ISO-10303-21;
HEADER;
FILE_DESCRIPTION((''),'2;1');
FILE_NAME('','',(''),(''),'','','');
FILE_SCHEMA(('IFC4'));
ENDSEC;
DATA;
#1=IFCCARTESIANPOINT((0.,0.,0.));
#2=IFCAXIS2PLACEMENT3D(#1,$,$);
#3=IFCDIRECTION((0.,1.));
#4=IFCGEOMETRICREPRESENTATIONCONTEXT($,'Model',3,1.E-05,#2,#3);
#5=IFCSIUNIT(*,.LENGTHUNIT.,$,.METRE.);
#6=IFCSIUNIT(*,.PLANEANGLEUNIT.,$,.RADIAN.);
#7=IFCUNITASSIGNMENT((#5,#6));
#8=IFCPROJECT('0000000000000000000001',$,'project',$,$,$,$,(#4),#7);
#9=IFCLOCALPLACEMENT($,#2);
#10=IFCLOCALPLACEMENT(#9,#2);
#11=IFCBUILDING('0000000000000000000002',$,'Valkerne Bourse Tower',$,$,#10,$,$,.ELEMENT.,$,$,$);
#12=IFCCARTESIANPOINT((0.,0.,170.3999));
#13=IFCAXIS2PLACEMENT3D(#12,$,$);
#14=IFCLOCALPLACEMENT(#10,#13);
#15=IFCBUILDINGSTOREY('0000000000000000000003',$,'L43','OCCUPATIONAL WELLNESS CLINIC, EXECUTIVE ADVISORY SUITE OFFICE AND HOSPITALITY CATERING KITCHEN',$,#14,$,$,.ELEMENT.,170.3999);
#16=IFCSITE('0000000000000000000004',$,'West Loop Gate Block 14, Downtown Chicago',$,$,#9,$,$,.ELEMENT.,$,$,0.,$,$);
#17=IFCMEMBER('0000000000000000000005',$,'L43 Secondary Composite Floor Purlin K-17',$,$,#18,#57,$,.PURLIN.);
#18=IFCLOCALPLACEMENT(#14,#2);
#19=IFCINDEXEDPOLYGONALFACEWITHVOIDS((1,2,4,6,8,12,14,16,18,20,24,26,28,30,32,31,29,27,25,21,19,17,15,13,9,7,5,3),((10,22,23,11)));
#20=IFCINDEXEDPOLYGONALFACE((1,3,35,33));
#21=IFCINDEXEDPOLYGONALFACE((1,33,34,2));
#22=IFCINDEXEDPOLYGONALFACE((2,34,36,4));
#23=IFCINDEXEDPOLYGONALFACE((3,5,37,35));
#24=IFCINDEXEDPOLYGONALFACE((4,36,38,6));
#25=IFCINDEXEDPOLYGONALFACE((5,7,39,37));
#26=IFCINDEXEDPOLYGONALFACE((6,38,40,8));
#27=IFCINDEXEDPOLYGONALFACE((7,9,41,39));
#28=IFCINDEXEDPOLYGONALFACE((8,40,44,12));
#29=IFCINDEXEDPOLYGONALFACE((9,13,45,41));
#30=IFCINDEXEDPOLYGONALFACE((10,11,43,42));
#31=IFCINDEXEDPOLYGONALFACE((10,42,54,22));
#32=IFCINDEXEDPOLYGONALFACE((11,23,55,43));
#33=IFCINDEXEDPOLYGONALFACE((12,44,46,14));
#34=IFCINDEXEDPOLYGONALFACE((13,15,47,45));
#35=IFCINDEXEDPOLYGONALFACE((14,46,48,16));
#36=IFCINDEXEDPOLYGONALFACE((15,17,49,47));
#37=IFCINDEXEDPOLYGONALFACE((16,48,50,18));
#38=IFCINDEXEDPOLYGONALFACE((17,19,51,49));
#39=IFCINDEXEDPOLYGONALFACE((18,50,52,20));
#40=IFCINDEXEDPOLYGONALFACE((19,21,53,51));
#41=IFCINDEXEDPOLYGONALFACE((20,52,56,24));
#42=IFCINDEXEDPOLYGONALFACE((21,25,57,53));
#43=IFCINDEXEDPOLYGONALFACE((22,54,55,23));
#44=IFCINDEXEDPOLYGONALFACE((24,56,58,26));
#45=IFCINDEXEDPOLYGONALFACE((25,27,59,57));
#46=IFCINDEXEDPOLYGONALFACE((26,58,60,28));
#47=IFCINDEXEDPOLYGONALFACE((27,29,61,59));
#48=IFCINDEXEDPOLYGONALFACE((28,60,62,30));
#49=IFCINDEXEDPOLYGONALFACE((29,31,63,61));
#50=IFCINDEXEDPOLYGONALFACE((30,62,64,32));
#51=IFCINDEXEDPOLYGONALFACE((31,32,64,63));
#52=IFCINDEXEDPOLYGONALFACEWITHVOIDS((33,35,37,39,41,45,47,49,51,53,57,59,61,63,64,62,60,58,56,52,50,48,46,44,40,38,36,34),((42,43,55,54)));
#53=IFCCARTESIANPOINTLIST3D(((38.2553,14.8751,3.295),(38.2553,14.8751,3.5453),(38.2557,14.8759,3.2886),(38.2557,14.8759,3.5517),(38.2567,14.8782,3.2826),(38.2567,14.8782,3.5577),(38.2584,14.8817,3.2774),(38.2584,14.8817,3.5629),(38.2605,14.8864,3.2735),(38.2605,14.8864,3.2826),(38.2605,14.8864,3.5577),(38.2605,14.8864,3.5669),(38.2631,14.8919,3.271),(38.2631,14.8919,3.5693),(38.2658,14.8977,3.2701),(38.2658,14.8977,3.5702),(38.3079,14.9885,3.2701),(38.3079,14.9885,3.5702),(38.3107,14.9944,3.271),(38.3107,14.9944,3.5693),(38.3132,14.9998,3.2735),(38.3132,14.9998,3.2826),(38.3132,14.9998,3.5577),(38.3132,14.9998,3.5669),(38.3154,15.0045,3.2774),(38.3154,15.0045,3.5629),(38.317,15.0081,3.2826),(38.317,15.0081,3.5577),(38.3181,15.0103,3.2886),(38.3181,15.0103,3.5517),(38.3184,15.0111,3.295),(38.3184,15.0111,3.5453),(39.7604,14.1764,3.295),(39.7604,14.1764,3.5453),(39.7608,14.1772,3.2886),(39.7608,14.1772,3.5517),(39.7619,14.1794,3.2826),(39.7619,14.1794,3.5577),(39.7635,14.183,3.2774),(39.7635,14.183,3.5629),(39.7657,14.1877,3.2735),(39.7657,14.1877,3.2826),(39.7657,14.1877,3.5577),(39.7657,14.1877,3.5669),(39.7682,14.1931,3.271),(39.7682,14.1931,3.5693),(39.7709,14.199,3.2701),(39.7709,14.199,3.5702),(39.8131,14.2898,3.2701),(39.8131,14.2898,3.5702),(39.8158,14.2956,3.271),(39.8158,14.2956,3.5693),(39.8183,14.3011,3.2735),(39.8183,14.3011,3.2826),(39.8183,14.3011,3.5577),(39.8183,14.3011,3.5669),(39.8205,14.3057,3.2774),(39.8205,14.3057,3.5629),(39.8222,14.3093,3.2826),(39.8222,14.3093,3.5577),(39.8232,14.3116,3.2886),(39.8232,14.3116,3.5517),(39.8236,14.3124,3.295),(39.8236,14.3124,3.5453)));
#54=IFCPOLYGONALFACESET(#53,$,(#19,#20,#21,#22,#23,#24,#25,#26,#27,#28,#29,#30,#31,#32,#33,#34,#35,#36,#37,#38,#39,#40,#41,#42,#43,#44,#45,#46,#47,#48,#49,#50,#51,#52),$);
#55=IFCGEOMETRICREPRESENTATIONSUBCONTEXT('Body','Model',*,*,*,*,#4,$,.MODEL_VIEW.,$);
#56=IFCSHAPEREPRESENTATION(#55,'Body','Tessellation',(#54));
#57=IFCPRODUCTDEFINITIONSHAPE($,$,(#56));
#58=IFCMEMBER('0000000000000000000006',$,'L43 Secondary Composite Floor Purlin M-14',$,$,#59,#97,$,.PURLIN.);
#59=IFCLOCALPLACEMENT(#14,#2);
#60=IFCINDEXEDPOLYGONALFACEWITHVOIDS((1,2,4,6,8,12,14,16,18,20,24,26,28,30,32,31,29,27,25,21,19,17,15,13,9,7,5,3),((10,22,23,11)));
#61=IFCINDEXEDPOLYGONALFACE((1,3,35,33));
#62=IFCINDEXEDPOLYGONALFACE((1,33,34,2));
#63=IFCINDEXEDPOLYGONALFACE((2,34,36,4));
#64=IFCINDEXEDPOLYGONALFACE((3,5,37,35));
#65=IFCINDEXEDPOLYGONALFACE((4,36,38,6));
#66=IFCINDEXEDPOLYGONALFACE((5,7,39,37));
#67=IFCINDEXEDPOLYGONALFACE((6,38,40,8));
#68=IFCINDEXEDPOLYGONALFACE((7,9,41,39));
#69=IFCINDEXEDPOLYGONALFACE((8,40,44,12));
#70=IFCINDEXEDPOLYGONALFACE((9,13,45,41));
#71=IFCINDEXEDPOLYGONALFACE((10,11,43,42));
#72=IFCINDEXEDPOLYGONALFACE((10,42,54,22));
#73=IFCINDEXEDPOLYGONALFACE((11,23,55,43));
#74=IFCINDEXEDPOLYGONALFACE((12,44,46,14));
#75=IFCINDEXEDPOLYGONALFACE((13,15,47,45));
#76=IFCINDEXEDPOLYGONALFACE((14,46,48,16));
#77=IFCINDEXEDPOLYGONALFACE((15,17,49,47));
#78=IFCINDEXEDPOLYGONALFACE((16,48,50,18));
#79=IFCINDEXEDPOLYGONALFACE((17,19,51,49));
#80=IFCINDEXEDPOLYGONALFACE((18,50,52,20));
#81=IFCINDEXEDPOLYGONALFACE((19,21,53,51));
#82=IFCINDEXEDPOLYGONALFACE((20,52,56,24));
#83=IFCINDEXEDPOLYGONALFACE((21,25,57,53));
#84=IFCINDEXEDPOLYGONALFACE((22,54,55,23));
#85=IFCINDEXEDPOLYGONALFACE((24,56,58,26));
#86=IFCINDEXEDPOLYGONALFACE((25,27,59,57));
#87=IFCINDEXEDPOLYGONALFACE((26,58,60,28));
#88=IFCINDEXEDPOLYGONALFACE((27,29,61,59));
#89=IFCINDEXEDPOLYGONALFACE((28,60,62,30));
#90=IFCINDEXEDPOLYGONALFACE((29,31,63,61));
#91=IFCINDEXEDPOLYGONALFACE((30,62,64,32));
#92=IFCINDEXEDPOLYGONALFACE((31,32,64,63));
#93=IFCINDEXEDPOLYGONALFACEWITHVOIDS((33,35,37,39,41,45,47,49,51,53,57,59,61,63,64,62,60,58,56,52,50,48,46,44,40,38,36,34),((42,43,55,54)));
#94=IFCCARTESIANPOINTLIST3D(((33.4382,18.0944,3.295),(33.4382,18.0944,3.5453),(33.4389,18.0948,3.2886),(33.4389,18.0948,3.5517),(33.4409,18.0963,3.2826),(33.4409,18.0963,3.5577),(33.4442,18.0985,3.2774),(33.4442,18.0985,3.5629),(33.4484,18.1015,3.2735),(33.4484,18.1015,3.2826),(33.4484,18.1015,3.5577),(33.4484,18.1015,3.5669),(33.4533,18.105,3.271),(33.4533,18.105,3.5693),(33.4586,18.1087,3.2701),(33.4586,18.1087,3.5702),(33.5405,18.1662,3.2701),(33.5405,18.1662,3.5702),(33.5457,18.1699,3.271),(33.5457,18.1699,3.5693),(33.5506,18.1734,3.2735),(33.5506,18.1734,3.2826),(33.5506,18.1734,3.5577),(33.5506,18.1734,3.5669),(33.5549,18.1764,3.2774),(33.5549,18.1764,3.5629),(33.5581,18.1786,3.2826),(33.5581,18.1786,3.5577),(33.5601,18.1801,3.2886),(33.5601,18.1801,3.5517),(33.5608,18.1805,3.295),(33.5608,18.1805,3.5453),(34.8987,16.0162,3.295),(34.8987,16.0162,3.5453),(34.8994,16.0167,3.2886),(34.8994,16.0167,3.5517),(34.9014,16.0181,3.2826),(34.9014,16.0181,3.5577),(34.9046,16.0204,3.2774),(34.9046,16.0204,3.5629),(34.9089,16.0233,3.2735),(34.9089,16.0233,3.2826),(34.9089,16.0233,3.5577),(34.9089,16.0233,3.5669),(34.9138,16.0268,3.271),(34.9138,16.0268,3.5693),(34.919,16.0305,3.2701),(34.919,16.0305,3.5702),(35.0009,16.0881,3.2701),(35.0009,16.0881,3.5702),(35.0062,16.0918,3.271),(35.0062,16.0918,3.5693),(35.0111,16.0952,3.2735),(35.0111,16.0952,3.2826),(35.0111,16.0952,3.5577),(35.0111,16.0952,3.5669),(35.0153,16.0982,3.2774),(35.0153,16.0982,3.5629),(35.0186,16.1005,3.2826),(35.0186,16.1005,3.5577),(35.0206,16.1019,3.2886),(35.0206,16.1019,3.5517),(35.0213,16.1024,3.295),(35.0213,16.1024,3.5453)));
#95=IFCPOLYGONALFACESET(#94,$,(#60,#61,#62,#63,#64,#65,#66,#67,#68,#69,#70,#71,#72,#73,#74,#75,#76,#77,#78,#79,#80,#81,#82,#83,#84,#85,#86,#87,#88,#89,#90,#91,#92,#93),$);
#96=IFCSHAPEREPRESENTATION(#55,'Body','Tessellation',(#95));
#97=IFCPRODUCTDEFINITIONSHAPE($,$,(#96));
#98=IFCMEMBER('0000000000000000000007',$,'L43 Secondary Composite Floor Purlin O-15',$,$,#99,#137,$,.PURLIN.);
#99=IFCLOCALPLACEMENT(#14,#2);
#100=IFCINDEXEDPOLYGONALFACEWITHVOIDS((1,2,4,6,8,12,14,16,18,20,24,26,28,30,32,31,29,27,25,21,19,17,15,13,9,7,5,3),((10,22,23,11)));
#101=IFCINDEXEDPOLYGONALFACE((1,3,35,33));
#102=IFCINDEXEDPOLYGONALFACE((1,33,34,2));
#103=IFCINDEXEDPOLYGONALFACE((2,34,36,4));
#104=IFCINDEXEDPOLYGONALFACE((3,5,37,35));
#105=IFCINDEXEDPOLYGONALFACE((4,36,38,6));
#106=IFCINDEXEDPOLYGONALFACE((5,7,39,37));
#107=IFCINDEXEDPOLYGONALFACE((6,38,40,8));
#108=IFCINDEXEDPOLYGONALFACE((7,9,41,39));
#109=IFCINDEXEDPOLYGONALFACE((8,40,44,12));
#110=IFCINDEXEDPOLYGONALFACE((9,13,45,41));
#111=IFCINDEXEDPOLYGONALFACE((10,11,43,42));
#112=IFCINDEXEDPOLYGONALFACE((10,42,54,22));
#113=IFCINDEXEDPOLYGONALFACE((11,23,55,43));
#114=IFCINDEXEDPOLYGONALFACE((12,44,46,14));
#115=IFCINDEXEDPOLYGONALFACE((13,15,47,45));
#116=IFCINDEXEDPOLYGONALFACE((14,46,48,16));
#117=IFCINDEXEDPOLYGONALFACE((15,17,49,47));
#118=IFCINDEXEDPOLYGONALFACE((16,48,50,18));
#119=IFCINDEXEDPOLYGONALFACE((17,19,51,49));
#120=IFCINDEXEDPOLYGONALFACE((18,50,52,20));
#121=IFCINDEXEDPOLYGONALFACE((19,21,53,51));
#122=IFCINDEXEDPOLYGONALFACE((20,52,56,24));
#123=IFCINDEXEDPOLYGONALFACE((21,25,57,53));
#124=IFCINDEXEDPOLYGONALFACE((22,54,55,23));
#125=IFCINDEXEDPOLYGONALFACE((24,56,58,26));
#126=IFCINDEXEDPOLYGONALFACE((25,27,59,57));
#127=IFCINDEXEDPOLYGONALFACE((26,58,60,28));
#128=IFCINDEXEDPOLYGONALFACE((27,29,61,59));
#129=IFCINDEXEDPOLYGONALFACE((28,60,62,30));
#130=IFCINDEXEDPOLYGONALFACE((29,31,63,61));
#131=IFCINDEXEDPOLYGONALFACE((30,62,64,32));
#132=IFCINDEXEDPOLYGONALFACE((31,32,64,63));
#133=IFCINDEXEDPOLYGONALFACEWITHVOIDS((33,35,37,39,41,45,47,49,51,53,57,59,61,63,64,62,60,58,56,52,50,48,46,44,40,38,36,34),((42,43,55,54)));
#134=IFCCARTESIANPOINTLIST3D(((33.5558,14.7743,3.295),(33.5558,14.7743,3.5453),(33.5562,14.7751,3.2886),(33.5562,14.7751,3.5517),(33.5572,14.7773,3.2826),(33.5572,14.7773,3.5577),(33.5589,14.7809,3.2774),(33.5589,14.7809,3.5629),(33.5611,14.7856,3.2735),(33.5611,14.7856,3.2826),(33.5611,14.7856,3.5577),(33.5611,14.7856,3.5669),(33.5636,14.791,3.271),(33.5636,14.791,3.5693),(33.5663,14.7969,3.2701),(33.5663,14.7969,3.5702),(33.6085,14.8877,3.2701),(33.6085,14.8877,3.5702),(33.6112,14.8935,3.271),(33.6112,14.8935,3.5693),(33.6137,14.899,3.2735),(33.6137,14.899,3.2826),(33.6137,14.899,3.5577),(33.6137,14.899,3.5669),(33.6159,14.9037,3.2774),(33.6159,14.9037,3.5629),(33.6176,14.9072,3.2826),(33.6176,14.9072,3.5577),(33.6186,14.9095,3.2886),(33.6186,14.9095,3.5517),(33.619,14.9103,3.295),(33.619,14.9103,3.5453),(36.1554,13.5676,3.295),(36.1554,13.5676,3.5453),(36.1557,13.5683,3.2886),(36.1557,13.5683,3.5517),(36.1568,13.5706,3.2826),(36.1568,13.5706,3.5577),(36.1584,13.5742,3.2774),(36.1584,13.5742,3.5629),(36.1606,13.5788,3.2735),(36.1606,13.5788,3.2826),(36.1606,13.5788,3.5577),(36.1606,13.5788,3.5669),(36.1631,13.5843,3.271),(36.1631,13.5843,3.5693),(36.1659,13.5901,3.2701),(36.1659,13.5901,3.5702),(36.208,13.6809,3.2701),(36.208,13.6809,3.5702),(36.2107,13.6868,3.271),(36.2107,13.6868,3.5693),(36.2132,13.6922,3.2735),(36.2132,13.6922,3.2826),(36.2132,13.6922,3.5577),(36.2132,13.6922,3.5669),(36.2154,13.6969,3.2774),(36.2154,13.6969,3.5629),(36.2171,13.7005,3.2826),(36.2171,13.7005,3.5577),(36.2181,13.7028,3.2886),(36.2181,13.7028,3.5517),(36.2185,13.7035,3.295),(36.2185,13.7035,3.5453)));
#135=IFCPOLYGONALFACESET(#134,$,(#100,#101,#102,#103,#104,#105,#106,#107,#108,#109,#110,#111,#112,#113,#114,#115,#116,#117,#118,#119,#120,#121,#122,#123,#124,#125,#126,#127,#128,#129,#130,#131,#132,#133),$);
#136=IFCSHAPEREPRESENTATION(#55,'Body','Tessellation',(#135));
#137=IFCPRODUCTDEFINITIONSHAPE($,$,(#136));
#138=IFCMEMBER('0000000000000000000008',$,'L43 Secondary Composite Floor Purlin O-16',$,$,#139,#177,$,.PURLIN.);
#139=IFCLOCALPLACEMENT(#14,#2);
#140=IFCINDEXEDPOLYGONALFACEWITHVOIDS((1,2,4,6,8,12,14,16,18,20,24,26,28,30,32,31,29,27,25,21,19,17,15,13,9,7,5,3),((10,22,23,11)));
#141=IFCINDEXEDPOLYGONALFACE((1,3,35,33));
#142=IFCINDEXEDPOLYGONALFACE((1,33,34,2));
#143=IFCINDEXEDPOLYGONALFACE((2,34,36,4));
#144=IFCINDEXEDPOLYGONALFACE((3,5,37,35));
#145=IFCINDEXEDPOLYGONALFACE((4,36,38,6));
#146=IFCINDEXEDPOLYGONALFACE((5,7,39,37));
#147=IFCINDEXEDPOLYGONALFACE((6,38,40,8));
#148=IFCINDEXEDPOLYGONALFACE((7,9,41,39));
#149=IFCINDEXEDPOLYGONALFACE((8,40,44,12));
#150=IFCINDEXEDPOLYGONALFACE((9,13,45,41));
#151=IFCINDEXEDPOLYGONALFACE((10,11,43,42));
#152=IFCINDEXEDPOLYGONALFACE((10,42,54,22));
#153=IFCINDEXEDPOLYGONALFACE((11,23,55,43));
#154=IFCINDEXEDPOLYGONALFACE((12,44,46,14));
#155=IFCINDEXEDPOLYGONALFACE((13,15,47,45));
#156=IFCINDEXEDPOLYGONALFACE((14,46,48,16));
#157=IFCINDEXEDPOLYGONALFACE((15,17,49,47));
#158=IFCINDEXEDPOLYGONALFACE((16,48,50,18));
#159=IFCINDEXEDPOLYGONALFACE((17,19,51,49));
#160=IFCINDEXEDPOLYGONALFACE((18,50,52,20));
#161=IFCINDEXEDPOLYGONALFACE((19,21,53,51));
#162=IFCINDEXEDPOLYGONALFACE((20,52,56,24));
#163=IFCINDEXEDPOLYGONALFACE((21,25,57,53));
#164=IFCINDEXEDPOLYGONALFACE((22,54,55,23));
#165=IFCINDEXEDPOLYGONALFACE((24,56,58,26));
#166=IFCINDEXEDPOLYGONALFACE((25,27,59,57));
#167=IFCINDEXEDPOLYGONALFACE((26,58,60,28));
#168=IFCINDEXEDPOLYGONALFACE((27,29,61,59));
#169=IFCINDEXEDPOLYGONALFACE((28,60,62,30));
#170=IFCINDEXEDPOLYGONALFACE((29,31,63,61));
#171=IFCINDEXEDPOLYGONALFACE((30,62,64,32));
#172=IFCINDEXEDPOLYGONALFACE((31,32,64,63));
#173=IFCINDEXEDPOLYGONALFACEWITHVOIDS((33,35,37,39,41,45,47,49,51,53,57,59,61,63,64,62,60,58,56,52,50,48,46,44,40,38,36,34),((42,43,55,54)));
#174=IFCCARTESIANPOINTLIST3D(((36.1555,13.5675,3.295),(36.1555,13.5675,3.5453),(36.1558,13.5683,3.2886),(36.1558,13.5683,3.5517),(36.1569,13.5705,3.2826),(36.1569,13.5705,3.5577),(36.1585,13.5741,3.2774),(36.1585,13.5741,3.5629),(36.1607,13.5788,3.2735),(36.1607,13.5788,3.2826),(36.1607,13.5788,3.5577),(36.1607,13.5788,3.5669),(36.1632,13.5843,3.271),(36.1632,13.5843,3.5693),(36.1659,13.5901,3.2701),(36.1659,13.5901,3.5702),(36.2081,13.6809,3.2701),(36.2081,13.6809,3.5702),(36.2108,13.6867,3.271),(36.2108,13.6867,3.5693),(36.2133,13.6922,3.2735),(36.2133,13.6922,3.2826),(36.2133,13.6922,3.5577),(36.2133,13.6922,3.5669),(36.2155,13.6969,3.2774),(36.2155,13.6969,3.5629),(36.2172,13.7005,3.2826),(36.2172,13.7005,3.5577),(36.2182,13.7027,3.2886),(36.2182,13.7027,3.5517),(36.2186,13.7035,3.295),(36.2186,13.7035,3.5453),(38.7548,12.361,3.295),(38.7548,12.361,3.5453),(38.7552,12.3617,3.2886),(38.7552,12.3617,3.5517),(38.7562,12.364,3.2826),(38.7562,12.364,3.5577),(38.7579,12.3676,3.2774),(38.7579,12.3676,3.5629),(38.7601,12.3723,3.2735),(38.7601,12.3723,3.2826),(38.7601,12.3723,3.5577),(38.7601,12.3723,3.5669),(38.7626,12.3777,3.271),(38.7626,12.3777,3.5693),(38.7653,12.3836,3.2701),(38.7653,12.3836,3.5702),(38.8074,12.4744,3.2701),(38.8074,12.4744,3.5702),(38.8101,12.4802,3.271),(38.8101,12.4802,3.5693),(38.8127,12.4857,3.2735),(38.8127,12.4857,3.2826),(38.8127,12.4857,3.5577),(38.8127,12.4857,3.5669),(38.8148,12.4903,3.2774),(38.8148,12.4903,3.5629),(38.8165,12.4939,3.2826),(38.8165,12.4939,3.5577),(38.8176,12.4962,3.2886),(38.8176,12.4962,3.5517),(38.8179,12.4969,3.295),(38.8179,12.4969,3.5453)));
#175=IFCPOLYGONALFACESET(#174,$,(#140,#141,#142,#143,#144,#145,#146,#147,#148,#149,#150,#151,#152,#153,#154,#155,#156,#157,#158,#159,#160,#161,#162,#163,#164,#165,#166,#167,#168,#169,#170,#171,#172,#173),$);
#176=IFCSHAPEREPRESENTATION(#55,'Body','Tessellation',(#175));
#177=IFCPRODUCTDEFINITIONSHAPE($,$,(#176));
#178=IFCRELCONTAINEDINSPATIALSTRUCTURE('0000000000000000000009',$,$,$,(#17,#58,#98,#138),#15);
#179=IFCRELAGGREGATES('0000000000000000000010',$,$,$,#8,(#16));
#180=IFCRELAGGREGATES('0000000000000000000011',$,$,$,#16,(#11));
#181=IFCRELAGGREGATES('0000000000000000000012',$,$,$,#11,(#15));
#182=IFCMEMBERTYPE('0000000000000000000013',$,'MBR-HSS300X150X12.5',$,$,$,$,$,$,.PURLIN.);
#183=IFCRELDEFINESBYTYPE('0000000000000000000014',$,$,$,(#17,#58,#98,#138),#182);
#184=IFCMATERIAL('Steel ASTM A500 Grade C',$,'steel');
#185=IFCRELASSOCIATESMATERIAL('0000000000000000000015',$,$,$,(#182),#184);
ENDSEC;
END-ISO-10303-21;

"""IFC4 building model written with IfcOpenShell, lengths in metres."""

from ifc_helpers import new_model, si_unit, direction, frame, origin, origin_2d, place, context, subcontext, project, spatial, hollow_rectangle, extrude, material, material_profile, profile_set, type_object, element, save


model = new_model("IFC4")

# Units and contexts
model_context = context("Model", 3, precision=1e-05, world=origin(), true_north=direction((0.0, 1.0)))
body_context = subcontext(model_context, "Body", "Model", "MODEL_VIEW")
ifc_project = project(units=[si_unit("LENGTHUNIT", "METRE"), si_unit("PLANEANGLEUNIT", "RADIAN")], contexts=[model_context])

# Site, building, storey
site_placement = place(None, origin())
site = spatial("IfcSite", under=ifc_project, at=site_placement, Name="West Loop Gate Block 14, Downtown Chicago", CompositionType="ELEMENT", RefElevation=0.0)
building_placement = place(site_placement, origin())
building = spatial("IfcBuilding", under=site, at=building_placement, Name="Valkerne Bourse Tower", CompositionType="ELEMENT")
storey_placement = place(building_placement, frame((0.0, 0.0, 170.3999)))
storey = spatial("IfcBuildingStorey", under=building, at=storey_placement, Name="L43", Description="OCCUPATIONAL WELLNESS CLINIC, EXECUTIVE ADVISORY SUITE OFFICE AND HOSPITALITY CATERING KITCHEN", CompositionType="ELEMENT", Elevation=170.3999)

# Members
ifc_material_1 = material(Name="Steel ASTM A500 Grade C", Category="steel")
ifc_material_profile_1 = material_profile(ifc_material_1, hollow_rectangle(XDim=0.1499, YDim=0.3, WallThickness=0.0125, OuterFilletRadius=0.0249, at=origin_2d()), Name="HSS300X150X12.5")
ifc_profile_set_1 = profile_set([ifc_material_profile_1], Name="Steel ASTM A500 Grade C")
member_type_1 = type_object("IfcMemberType", Name="MBR-HSS300X150X12.5", PredefinedType="PURLIN", material=ifc_profile_set_1)
member_1_placement = place(storey_placement, frame((38.2869, 14.9431, 3.4202), z_axis=(0.907027, -0.421072, 0.0), x_axis=(0.421072, 0.907027, 0.0)))
element("IfcMember", 1, at=member_1_placement, inside=storey, type_object=member_type_1, Name="L43 Secondary Composite Floor Purlin K-17", PredefinedType="PURLIN", context=body_context, shape_type="SweptSolid", body=[
    extrude(hollow_rectangle(XDim=0.1499, YDim=0.3, WallThickness=0.0125, OuterFilletRadius=0.0249, at=origin_2d()), origin(), (0.0, 0.0, 1.0), 1.6594),
])
member_2_placement = place(storey_placement, frame((33.4995, 18.1375, 3.4202), z_axis=(0.574984, -0.818165, 0.0), x_axis=(0.818165, 0.574984, 0.0)))
element("IfcMember", 2, at=member_2_placement, inside=storey, type_object=member_type_1, Name="L43 Secondary Composite Floor Purlin M-14", PredefinedType="PURLIN", context=body_context, shape_type="SweptSolid", body=[
    extrude(hollow_rectangle(XDim=0.1499, YDim=0.3, WallThickness=0.0125, OuterFilletRadius=0.0249, at=origin_2d()), origin(), (0.0, 0.0, 1.0), 2.54),
])
member_3_placement = place(storey_placement, frame((33.5874, 14.8423, 3.4202), z_axis=(0.907032, -0.421061, 0.0), x_axis=(0.421061, 0.907032, 0.0)))
element("IfcMember", 3, at=member_3_placement, inside=storey, type_object=member_type_1, Name="L43 Secondary Composite Floor Purlin O-15", PredefinedType="PURLIN", context=body_context, shape_type="SweptSolid", body=[
    extrude(hollow_rectangle(XDim=0.1499, YDim=0.3, WallThickness=0.0125, OuterFilletRadius=0.0249, at=origin_2d()), origin(), (0.0, 0.0, 1.0), 2.866),
])
member_4_placement = place(storey_placement, frame((36.187, 13.6355, 3.4202), z_axis=(0.90705, -0.421024, 0.0), x_axis=(0.421024, 0.90705, 0.0)))
element("IfcMember", 4, at=member_4_placement, inside=storey, type_object=member_type_1, Name="L43 Secondary Composite Floor Purlin O-16", PredefinedType="PURLIN", context=body_context, shape_type="SweptSolid", body=[
    extrude(hollow_rectangle(XDim=0.1499, YDim=0.3, WallThickness=0.0125, OuterFilletRadius=0.0249, at=origin_2d()), origin(), (0.0, 0.0, 1.0), 2.8657),
])

save(model, "model.ifc")
